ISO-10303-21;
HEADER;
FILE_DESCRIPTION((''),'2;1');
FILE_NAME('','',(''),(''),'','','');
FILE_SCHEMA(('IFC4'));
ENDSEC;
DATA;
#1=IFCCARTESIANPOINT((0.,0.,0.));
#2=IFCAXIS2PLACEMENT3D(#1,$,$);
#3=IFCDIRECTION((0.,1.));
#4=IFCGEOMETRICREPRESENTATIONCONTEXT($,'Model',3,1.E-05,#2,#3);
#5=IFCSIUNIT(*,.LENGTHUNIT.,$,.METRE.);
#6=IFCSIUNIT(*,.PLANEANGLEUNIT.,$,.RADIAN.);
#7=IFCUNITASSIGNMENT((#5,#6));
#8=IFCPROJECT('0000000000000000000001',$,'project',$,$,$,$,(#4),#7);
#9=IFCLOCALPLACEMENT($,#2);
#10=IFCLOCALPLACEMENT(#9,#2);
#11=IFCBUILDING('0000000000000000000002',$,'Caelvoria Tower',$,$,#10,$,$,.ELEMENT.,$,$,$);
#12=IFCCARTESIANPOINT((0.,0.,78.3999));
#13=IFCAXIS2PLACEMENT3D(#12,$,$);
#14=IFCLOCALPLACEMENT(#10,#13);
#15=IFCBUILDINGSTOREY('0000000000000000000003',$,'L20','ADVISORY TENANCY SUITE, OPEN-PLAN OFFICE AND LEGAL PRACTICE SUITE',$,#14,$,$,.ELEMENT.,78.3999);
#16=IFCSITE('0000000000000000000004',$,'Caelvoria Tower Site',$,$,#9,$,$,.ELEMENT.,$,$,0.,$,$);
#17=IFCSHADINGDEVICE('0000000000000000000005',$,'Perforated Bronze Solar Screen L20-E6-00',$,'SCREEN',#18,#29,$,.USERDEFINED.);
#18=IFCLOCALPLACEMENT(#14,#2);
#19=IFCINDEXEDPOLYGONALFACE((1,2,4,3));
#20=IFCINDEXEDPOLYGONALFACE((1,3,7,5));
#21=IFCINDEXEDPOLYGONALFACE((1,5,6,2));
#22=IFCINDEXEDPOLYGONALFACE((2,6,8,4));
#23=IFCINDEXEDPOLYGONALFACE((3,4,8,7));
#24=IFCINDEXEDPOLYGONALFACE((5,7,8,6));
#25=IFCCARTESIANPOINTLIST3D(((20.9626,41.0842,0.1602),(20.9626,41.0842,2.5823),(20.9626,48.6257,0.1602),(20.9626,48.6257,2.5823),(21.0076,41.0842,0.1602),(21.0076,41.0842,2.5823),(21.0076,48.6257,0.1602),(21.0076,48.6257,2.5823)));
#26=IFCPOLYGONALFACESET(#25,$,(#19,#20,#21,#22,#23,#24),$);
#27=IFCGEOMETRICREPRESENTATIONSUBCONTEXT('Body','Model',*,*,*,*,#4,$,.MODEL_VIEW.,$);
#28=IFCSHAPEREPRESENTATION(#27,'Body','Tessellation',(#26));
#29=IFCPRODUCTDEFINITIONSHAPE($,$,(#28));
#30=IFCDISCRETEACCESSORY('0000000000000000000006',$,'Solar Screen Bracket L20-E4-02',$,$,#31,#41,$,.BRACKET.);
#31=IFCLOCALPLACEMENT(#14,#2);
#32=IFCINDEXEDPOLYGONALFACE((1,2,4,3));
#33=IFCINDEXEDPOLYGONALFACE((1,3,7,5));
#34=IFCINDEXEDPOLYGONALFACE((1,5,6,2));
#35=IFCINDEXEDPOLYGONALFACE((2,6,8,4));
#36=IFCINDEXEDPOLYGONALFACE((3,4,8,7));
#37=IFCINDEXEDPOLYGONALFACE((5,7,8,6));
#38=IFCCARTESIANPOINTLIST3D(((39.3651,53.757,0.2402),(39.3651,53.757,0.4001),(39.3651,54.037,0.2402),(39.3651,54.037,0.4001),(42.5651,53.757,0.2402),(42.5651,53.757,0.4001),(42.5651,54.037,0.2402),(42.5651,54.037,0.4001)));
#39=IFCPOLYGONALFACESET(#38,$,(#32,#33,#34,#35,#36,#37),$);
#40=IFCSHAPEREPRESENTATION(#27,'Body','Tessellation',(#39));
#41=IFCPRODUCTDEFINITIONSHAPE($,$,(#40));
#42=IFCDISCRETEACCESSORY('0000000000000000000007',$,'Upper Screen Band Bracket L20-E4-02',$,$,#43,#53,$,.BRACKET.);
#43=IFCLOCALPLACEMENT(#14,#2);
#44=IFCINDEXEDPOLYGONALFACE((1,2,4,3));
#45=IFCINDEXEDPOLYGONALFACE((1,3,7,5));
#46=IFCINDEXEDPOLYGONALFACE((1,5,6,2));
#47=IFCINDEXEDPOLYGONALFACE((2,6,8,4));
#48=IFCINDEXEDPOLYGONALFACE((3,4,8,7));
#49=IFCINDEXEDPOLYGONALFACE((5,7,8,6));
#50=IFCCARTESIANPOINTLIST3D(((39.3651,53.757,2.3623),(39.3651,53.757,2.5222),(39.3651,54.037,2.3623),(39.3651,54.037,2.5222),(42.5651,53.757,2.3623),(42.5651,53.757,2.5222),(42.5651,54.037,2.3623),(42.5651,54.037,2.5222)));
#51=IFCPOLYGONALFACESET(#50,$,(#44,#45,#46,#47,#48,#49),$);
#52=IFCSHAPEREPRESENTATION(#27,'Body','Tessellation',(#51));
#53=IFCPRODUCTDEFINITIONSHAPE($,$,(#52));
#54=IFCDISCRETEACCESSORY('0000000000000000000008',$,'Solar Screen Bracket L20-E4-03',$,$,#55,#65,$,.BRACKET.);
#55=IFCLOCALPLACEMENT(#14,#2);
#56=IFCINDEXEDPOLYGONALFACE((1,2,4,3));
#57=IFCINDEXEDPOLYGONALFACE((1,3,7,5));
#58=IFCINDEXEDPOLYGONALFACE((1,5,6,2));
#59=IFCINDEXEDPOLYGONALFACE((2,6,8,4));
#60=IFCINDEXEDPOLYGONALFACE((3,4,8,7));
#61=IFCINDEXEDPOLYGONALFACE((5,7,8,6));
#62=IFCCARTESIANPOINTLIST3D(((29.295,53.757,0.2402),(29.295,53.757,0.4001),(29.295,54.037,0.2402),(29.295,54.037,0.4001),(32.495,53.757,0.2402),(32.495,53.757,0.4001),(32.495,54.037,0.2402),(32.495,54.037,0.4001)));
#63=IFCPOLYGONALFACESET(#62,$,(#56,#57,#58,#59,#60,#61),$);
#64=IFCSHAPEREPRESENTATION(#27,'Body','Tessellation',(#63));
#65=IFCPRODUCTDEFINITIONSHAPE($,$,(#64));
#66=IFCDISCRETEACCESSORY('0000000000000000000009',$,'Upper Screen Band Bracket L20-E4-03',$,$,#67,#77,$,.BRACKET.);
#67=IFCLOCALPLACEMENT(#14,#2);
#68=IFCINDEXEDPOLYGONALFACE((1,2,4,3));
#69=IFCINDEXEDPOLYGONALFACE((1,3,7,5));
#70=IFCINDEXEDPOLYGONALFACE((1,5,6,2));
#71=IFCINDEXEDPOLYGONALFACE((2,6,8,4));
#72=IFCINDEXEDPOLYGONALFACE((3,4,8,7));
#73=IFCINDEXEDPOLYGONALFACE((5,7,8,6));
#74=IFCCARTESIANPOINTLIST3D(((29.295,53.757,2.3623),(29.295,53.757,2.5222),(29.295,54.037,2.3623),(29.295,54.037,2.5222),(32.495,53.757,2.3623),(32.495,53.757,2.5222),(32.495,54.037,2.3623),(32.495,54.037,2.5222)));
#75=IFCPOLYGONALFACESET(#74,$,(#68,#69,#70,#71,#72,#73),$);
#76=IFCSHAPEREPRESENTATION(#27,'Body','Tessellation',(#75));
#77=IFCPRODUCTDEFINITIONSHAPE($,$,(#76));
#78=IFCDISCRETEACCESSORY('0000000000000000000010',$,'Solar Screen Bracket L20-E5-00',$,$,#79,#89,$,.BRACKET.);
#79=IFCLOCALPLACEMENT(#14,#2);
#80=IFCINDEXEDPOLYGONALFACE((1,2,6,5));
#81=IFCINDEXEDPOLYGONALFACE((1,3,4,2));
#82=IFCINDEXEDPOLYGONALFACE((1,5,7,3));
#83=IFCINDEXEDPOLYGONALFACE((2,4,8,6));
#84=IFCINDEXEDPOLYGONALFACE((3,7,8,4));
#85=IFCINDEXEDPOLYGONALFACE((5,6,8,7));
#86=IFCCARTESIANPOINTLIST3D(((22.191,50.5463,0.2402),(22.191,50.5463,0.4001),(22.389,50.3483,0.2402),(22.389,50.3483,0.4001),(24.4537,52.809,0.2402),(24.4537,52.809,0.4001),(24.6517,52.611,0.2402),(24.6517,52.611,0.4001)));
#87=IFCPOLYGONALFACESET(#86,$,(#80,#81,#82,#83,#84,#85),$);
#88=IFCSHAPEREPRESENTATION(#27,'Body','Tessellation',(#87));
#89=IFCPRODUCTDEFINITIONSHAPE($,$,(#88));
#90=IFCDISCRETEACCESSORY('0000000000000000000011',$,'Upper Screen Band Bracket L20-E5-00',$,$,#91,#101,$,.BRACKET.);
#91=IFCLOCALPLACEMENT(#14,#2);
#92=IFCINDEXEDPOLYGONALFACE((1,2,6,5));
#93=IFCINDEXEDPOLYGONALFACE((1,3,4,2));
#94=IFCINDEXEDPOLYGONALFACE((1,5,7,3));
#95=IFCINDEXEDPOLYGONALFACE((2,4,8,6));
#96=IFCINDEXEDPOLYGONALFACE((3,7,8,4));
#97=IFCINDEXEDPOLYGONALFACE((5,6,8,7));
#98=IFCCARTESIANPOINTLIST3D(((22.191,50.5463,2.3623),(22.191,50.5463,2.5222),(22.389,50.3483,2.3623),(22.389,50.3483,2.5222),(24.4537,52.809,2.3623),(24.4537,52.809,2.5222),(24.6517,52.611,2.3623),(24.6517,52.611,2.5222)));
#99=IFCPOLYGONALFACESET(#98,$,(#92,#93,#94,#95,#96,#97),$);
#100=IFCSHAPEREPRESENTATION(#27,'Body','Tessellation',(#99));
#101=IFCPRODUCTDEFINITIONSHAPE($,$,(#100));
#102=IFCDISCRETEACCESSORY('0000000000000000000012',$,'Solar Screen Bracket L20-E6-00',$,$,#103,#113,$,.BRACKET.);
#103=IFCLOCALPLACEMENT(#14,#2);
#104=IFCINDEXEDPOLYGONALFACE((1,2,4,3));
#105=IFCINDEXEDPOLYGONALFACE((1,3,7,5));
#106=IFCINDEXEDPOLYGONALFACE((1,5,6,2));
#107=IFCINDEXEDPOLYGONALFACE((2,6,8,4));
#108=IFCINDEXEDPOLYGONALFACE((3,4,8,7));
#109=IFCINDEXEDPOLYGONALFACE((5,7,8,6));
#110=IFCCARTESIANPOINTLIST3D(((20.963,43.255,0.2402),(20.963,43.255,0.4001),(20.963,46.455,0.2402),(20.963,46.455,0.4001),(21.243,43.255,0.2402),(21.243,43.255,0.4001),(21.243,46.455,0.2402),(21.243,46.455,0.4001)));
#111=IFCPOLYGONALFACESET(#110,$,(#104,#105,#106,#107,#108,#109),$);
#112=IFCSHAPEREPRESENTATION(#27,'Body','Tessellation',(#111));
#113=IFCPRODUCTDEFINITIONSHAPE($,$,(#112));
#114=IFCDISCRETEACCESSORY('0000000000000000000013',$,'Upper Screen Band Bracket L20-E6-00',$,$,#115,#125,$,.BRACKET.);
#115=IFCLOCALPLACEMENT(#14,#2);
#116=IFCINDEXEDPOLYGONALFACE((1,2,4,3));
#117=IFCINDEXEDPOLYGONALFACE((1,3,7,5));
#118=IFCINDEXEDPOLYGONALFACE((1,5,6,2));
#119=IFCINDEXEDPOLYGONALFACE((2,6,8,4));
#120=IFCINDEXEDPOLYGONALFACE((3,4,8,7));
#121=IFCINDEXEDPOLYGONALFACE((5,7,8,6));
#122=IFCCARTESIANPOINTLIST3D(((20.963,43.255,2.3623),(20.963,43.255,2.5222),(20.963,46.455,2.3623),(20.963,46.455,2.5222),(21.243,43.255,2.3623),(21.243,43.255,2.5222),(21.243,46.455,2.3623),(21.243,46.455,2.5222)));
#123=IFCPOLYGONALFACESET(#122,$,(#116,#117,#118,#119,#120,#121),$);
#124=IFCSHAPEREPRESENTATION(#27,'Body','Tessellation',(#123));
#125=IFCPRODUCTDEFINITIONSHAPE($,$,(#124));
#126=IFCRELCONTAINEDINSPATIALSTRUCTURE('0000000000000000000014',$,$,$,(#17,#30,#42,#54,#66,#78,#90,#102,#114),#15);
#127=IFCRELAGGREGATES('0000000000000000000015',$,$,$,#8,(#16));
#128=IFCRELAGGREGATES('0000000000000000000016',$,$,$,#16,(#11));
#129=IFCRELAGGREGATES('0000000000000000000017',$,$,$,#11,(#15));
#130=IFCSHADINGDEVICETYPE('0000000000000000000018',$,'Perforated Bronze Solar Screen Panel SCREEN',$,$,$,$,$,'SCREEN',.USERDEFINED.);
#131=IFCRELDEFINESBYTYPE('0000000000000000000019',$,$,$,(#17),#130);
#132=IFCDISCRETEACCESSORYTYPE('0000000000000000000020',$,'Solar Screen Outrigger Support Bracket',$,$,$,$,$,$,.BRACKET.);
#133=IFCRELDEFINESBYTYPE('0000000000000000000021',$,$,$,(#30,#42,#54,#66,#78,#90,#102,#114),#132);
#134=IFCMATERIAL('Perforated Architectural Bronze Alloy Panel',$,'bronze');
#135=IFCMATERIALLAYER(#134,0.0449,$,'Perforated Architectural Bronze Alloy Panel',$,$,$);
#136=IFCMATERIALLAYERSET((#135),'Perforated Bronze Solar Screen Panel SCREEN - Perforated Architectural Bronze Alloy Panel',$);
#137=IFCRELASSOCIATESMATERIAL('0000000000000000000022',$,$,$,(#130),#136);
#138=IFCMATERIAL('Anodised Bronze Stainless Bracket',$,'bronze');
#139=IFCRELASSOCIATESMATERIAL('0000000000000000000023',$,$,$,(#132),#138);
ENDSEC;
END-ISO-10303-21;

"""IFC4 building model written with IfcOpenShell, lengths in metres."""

from ifc_helpers import new_model, si_unit, direction, frame, origin, origin_2d, place, context, subcontext, project, spatial, rectangle, extrude, material, layer, layer_set, type_object, element, save


model = new_model("IFC4")

# Units and contexts
model_context = context("Model", 3, precision=1e-05, world=origin(), true_north=direction((0.0, 1.0)))
body_context = subcontext(model_context, "Body", "Model", "MODEL_VIEW")
ifc_project = project(units=[si_unit("LENGTHUNIT", "METRE"), si_unit("PLANEANGLEUNIT", "RADIAN")], contexts=[model_context])

# Site, building, storey
site_placement = place(None, origin())
site = spatial("IfcSite", under=ifc_project, at=site_placement, Name="Caelvoria Tower Site", CompositionType="ELEMENT", RefElevation=0.0)
building_placement = place(site_placement, origin())
building = spatial("IfcBuilding", under=site, at=building_placement, Name="Caelvoria Tower", CompositionType="ELEMENT")
storey_placement = place(building_placement, frame((0.0, 0.0, 78.3999)))
storey = spatial("IfcBuildingStorey", under=building, at=storey_placement, Name="L20", Description="ADVISORY TENANCY SUITE, OPEN-PLAN OFFICE AND LEGAL PRACTICE SUITE", CompositionType="ELEMENT", Elevation=78.3999)

# Shading device
ifc_material_1 = material(Name="Perforated Architectural Bronze Alloy Panel", Category="bronze")
ifc_layer_1 = layer(ifc_material_1, 0.0449, Name="Perforated Architectural Bronze Alloy Panel")
ifc_layer_set_1 = layer_set([ifc_layer_1], Name="Perforated Bronze Solar Screen Panel SCREEN - Perforated Architectural Bronze Alloy Panel")
shading_device_type = type_object("IfcShadingDeviceType", Name="Perforated Bronze Solar Screen Panel SCREEN", ElementType="SCREEN", PredefinedType="USERDEFINED", material=ifc_layer_set_1)
shading_device_1_placement = place(storey_placement, frame((20.9851, 44.855, 0.1602), z_axis=(0.0, 0.0, 1.0), x_axis=(0.0, -1.0, 0.0)))
element("IfcShadingDevice", 1, at=shading_device_1_placement, inside=storey, type_object=shading_device_type, Name="Perforated Bronze Solar Screen L20-E6-00", ObjectType="SCREEN", PredefinedType="USERDEFINED", context=body_context, shape_type="SweptSolid", body=[
    extrude(rectangle(XDim=7.5415, YDim=0.0449, at=origin_2d()), origin(), (0.0, 0.0, 1.0), 2.4221),
])

# Discrete accessories
ifc_material_2 = material(Name="Anodised Bronze Stainless Bracket", Category="bronze")
discrete_accessory_type = type_object("IfcDiscreteAccessoryType", Name="Solar Screen Outrigger Support Bracket", PredefinedType="BRACKET", material=ifc_material_2)
for number, where, z_axis, x_axis, name in (
    (2, (40.9651, 53.897, 0.2402), (0.0, 0.0, 1.0), (-1.0, 0.0, 0.0), "Solar Screen Bracket L20-E4-02"),
    (3, (40.9651, 53.897, 2.3623), (0.0, 0.0, 1.0), (-1.0, 0.0, 0.0), "Upper Screen Band Bracket L20-E4-02"),
    (4, (30.895, 53.897, 0.2402), (0.0, 0.0, 1.0), (-1.0, 0.0, 0.0), "Solar Screen Bracket L20-E4-03"),
    (5, (30.895, 53.897, 2.3623), (0.0, 0.0, 1.0), (-1.0, 0.0, 0.0), "Upper Screen Band Bracket L20-E4-03"),
    (6, (23.4214, 51.5786, 0.2402), (0.0, 0.0, 1.0), (-0.707107, -0.707107, 0.0), "Solar Screen Bracket L20-E5-00"),
    (7, (23.4214, 51.5786, 2.3623), (0.0, 0.0, 1.0), (-0.707107, -0.707107, 0.0), "Upper Screen Band Bracket L20-E5-00"),
    (8, (21.103, 44.855, 0.2402), (0.0, 0.0, 1.0), (0.0, -1.0, 0.0), "Solar Screen Bracket L20-E6-00"),
    (9, (21.103, 44.855, 2.3623), (0.0, 0.0, 1.0), (0.0, -1.0, 0.0), "Upper Screen Band Bracket L20-E6-00"),
):
    element("IfcDiscreteAccessory", number, at=place(storey_placement, frame(where, z_axis=z_axis, x_axis=x_axis)), inside=storey, type_object=discrete_accessory_type, Name=name, PredefinedType="BRACKET", context=body_context, shape_type="SweptSolid", body=[
        extrude(rectangle(XDim=3.2, YDim=0.28, at=origin_2d()), origin(), (0.0, 0.0, 1.0), 0.1599),
    ])

save(model, "model.ifc")
